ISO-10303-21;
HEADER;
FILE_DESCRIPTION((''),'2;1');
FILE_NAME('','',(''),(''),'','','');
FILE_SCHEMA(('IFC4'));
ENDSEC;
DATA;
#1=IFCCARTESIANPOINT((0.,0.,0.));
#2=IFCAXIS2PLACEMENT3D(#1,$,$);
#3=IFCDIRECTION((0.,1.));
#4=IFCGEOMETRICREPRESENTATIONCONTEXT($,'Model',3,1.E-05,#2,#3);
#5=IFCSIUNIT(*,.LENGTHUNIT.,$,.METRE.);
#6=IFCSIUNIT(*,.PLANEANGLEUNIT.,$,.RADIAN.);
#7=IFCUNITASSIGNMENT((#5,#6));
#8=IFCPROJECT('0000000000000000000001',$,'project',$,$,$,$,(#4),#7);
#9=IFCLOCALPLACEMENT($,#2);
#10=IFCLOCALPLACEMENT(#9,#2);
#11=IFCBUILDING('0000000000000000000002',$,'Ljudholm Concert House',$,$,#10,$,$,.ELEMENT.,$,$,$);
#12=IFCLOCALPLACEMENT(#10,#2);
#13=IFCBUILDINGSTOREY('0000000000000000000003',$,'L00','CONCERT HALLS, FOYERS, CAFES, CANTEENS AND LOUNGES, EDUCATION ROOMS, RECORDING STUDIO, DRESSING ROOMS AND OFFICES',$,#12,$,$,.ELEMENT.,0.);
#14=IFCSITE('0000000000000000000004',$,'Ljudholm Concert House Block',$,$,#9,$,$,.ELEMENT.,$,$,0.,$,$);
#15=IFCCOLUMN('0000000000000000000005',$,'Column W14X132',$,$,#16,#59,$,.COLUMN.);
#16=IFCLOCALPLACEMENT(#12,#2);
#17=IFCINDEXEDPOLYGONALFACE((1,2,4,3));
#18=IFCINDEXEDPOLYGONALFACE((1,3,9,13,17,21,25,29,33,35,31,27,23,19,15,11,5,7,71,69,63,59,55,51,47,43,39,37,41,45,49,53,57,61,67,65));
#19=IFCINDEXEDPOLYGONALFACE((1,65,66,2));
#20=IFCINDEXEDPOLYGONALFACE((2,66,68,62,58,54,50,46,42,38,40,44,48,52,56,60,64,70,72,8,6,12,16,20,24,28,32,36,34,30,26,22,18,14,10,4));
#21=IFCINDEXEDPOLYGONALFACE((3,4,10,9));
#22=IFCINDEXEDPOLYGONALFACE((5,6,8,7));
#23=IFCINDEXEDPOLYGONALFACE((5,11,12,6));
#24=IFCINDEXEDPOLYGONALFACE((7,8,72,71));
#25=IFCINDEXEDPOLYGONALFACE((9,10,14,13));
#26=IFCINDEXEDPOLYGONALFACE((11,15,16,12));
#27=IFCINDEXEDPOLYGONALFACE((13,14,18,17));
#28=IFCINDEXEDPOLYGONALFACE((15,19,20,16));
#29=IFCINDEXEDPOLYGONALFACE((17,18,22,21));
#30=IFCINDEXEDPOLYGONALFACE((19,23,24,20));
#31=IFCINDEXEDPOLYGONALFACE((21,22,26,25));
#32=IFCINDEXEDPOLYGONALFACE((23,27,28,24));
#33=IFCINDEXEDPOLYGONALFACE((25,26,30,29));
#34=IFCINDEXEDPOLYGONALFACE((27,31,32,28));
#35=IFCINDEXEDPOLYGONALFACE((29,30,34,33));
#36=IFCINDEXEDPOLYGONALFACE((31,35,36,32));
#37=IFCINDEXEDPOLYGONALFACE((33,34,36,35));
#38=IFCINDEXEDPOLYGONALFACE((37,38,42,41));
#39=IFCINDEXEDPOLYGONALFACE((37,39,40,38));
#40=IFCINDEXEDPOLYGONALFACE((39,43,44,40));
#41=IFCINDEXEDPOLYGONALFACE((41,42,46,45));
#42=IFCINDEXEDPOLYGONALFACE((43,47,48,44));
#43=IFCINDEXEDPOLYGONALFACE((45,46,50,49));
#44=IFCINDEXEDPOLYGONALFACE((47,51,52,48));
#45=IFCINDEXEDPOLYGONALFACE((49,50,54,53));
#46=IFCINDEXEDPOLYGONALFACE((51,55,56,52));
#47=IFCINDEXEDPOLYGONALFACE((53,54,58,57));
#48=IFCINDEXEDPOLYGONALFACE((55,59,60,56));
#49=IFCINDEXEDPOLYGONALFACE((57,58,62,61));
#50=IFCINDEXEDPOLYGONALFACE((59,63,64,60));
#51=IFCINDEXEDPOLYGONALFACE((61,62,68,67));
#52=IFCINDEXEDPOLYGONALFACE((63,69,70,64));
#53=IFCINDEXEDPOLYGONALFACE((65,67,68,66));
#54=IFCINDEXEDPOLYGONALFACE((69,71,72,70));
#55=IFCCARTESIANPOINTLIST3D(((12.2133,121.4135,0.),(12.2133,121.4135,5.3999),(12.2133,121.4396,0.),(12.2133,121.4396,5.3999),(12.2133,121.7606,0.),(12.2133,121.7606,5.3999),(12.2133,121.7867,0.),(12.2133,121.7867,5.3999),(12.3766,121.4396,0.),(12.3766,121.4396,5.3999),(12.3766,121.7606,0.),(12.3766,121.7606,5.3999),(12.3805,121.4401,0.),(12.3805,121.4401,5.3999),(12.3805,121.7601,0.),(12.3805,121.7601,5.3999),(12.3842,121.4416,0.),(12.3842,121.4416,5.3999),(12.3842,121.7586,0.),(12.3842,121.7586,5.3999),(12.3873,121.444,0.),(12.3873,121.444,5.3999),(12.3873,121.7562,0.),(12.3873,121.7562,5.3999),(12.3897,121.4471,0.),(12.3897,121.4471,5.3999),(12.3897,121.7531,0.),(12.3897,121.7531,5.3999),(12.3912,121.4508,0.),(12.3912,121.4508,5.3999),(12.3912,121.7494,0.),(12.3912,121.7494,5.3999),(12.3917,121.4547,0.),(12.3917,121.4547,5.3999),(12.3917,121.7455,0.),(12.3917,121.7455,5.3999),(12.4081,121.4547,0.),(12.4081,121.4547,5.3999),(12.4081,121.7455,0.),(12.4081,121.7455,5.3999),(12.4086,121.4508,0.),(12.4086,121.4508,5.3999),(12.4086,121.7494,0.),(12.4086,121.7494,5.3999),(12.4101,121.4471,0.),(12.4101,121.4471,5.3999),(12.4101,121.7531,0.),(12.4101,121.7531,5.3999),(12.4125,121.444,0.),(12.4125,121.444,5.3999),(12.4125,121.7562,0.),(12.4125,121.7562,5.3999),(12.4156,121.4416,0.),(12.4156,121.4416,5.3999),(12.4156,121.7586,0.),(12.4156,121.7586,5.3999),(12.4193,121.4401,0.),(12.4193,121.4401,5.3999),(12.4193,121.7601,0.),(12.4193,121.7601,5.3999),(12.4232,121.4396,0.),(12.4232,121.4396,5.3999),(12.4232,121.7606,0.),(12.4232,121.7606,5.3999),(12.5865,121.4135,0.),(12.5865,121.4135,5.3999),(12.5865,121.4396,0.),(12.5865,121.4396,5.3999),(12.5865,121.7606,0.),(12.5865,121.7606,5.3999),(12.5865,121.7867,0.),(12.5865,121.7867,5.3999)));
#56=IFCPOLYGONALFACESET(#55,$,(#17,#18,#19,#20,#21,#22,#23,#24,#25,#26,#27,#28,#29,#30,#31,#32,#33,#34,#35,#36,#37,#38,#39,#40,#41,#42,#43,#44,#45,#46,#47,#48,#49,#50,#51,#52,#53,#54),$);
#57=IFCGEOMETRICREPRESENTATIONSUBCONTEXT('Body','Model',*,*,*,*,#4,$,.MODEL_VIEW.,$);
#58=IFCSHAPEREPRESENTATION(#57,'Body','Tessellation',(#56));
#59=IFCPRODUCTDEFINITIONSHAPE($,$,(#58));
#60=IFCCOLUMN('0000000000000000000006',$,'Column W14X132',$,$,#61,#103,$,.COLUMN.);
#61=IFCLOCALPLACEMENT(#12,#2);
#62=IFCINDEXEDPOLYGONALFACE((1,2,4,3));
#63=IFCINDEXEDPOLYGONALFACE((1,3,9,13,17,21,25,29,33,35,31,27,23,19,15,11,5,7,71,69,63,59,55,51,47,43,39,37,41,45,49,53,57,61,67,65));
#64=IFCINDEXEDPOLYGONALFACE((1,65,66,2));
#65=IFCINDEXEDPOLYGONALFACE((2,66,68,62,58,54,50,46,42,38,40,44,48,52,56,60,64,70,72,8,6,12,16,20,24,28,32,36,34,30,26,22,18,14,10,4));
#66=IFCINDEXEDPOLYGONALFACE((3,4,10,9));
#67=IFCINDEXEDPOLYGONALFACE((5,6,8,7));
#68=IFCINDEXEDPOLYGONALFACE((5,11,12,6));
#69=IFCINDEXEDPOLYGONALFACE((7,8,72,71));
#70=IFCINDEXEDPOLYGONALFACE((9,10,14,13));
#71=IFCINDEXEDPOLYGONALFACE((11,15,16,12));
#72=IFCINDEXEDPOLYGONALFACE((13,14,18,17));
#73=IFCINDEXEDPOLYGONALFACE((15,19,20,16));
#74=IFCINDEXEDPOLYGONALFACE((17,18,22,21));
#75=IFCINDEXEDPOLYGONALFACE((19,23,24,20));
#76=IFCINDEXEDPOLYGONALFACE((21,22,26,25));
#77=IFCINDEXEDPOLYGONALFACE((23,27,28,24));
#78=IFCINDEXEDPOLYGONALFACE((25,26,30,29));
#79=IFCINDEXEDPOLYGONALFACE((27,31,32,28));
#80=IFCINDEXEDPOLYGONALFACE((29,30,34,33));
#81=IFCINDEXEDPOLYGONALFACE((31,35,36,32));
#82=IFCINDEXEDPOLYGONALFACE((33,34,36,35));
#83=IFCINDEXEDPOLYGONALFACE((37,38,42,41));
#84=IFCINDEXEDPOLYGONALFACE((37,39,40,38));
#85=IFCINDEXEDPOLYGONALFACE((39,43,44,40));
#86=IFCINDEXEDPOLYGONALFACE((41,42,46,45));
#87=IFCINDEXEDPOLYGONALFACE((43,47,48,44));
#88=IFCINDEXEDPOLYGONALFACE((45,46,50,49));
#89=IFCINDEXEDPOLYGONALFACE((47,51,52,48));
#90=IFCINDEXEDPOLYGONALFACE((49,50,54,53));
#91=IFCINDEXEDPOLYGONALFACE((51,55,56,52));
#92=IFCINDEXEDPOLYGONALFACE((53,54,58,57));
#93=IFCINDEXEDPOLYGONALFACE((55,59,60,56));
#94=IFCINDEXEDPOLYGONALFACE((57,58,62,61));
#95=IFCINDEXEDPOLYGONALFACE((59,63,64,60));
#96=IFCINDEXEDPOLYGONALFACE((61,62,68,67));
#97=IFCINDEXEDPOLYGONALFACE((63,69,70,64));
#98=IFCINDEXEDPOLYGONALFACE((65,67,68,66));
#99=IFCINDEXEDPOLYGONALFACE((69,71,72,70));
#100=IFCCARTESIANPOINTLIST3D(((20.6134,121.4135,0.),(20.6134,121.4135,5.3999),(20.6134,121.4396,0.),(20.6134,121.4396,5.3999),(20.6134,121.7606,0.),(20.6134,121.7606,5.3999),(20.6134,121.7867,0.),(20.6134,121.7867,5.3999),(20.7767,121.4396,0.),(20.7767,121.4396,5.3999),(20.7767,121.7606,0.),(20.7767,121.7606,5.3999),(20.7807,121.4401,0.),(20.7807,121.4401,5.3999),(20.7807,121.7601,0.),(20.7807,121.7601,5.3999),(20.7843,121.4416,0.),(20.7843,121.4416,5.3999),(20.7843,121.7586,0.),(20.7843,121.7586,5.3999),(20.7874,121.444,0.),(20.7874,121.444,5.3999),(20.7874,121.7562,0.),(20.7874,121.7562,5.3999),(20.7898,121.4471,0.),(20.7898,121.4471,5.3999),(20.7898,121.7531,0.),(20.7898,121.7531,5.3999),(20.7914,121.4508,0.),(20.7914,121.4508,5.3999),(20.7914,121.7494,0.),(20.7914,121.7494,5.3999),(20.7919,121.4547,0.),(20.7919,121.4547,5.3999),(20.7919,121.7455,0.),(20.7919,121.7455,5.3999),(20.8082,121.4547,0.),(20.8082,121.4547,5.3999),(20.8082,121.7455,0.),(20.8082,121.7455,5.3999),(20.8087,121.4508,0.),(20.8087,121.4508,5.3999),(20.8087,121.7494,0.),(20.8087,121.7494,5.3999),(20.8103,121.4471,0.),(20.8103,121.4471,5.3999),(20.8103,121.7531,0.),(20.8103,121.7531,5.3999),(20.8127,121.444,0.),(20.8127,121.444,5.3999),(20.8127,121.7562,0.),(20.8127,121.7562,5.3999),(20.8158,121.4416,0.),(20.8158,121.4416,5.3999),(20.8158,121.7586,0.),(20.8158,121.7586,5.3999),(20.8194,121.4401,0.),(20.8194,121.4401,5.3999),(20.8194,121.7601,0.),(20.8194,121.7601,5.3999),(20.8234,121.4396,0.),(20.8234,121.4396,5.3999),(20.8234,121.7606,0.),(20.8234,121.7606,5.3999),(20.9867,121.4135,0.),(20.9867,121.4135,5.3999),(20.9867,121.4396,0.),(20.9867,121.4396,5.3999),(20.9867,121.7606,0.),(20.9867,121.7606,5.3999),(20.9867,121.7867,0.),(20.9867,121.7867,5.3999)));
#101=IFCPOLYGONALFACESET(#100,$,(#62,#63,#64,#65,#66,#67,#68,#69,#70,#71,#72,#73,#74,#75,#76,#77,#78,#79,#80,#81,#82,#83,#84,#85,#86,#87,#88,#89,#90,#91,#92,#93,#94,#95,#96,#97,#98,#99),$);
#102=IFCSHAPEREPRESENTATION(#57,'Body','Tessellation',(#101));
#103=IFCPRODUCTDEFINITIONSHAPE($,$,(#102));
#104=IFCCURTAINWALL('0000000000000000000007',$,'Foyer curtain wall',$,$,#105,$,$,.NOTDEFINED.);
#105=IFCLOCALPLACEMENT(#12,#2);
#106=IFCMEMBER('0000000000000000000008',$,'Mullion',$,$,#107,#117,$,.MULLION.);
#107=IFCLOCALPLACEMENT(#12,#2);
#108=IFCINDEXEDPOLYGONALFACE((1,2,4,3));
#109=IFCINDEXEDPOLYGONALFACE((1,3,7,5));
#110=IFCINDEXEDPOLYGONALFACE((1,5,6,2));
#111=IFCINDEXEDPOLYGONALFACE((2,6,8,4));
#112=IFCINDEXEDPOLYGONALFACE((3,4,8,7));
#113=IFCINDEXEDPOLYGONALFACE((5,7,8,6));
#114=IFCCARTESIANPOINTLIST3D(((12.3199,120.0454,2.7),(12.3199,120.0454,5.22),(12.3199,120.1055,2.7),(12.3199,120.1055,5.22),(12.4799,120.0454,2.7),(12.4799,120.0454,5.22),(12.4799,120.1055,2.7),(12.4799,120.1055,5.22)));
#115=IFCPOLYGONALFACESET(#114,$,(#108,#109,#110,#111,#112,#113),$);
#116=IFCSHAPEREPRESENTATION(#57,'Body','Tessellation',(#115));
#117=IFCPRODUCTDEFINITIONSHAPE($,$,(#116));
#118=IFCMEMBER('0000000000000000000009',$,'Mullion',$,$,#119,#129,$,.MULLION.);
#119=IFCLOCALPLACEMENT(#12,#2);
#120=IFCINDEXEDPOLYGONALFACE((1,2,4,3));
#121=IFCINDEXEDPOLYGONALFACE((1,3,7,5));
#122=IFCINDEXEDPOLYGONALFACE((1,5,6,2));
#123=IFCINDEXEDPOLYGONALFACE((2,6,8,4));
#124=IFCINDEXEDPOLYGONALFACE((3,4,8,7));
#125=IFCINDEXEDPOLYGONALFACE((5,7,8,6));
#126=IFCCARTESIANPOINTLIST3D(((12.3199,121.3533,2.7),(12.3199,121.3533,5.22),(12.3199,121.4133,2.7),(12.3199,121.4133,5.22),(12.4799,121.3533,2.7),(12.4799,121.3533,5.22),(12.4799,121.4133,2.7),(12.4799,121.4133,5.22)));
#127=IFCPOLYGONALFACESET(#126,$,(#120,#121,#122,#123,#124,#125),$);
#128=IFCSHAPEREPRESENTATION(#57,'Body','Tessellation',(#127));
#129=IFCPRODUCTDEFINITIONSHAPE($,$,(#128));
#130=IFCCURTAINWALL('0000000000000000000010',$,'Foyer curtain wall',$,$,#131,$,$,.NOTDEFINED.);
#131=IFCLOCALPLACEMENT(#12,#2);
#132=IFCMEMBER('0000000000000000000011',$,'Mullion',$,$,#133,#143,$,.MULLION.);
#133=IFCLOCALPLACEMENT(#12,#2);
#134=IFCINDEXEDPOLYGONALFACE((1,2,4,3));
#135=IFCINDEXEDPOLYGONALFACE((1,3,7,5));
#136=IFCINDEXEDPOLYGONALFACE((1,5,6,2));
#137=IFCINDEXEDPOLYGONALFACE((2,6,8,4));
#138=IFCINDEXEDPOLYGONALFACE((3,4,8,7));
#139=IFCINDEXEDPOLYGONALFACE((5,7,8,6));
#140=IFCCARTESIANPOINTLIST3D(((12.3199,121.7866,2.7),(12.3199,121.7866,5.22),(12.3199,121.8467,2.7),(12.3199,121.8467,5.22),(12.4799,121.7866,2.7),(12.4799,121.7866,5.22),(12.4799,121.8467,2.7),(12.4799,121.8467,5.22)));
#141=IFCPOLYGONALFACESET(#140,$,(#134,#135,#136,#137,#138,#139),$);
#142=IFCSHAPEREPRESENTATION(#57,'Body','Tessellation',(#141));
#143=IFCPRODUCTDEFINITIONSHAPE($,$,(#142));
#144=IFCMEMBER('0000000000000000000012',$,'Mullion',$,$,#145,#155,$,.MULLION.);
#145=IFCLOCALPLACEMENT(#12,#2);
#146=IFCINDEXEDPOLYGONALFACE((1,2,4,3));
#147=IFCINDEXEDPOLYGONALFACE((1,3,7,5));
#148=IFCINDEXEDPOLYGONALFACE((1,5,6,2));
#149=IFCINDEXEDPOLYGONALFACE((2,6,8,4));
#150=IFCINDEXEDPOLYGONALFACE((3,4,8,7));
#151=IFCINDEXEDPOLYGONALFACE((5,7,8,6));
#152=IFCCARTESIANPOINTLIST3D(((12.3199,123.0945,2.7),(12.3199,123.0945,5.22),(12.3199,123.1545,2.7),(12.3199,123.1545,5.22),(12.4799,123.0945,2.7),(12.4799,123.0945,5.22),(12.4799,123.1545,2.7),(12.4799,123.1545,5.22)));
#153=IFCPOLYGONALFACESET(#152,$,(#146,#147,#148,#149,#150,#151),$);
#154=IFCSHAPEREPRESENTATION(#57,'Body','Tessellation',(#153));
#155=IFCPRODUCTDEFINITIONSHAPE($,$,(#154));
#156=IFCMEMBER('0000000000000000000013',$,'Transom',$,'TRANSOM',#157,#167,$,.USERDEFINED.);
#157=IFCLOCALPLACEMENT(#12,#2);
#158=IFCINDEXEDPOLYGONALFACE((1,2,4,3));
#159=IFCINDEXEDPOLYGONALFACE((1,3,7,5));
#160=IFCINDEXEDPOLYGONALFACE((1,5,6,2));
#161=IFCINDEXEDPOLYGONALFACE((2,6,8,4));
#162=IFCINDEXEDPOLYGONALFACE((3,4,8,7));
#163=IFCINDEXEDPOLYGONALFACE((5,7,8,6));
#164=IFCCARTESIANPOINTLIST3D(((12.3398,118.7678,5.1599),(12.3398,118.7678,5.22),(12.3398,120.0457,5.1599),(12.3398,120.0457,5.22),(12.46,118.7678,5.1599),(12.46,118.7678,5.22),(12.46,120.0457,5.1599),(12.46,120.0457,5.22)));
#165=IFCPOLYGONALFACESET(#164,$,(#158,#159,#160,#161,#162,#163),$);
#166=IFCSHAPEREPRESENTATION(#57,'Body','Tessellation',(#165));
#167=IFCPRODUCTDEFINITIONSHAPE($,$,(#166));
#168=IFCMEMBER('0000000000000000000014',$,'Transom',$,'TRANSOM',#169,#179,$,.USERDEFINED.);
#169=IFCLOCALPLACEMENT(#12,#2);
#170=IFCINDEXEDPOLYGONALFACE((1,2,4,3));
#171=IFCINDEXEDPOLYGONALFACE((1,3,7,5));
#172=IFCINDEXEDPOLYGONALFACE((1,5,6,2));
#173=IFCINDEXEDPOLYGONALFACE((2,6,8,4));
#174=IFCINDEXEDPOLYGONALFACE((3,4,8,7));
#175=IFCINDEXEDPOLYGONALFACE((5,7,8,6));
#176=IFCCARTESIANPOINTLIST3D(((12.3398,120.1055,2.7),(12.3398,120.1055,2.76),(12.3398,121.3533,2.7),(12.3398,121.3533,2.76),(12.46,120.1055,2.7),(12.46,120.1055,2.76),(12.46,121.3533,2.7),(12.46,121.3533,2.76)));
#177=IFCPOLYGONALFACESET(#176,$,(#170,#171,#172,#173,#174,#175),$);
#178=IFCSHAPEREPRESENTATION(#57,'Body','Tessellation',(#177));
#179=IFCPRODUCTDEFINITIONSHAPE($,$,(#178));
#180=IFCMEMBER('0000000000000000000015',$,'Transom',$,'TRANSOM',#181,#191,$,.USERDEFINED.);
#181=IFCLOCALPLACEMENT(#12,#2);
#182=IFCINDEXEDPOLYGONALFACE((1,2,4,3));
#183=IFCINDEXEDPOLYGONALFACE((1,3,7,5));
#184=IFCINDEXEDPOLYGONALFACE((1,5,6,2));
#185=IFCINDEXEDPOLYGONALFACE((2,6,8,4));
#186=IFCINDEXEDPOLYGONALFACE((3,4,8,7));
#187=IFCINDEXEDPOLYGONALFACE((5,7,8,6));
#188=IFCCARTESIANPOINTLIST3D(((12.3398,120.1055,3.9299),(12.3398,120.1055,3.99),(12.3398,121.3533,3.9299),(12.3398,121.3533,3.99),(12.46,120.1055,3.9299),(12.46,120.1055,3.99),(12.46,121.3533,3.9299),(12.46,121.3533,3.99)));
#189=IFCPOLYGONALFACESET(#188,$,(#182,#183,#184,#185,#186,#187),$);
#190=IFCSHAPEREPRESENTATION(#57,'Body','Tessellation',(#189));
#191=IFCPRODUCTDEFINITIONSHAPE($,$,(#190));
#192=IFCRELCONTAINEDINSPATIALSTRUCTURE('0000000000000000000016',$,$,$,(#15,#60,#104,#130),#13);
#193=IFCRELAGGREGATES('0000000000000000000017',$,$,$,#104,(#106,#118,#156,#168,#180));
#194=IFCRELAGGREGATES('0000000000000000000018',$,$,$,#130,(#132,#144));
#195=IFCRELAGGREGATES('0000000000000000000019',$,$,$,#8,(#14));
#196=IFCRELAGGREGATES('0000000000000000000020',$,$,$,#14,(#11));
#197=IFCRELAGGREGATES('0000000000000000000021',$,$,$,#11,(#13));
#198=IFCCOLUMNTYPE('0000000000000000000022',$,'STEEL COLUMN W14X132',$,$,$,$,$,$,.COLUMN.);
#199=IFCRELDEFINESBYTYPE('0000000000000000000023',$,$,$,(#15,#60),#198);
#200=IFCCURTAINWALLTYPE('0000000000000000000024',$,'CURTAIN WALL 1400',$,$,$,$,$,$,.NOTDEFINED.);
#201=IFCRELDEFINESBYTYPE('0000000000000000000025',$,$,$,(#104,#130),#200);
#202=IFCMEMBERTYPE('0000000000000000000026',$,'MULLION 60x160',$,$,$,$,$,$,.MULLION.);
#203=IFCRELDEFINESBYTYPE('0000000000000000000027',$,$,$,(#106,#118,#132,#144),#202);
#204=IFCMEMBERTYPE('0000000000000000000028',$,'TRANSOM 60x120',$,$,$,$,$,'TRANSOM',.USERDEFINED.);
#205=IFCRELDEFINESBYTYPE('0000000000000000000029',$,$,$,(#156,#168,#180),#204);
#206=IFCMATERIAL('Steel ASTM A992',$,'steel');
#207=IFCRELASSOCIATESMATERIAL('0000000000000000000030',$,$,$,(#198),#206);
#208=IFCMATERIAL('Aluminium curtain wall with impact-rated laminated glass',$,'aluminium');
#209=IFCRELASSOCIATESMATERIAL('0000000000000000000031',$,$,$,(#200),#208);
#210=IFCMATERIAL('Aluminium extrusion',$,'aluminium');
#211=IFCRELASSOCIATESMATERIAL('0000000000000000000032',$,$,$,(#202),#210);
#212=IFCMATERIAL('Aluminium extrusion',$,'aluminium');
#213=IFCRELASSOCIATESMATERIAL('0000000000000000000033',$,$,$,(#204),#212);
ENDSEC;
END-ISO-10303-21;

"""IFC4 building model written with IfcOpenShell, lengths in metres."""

from ifc_helpers import new_model, si_unit, direction, frame, origin, origin_2d, place, context, subcontext, project, spatial, rectangle, i_section, extrude, material, material_profile, profile_set, type_object, element, aggregate, save


model = new_model("IFC4")

# Units and contexts
model_context = context("Model", 3, precision=1e-05, world=origin(), true_north=direction((0.0, 1.0)))
body_context = subcontext(model_context, "Body", "Model", "MODEL_VIEW")
ifc_project = project(units=[si_unit("LENGTHUNIT", "METRE"), si_unit("PLANEANGLEUNIT", "RADIAN")], contexts=[model_context])

# Site, building, storey
site_placement = place(None, origin())
site = spatial("IfcSite", under=ifc_project, at=site_placement, Name="Ljudholm Concert House Block", CompositionType="ELEMENT", RefElevation=0.0)
building_placement = place(site_placement, origin())
building = spatial("IfcBuilding", under=site, at=building_placement, Name="Ljudholm Concert House", CompositionType="ELEMENT")
storey_placement = place(building_placement, origin())
storey = spatial("IfcBuildingStorey", under=building, at=storey_placement, Name="L00", Description="CONCERT HALLS, FOYERS, CAFES, CANTEENS AND LOUNGES, EDUCATION ROOMS, RECORDING STUDIO, DRESSING ROOMS AND OFFICES", CompositionType="ELEMENT", Elevation=0.0)

# Columns
ifc_material_1 = material(Name="Steel ASTM A992", Category="steel")
ifc_material_profile_1 = material_profile(ifc_material_1, i_section(OverallWidth=0.3733, OverallDepth=0.3733, WebThickness=0.0164, FlangeThickness=0.0261, FilletRadius=0.0151, at=origin_2d()), Name="W14X132")
ifc_profile_set_1 = profile_set([ifc_material_profile_1], Name="Steel ASTM A992")
column_type = type_object("IfcColumnType", Name="STEEL COLUMN W14X132", PredefinedType="COLUMN", material=ifc_profile_set_1)
for number, where, z_axis, x_axis, name in (
    (1, (12.3999, 121.6001, 0.0), (0.0, 0.0, 1.0), (1.0, 0.0, 0.0), "Column W14X132"),
    (2, (20.8, 121.6001, 0.0), (0.0, 0.0, 1.0), (1.0, 0.0, 0.0), "Column W14X132"),
):
    element("IfcColumn", number, at=place(storey_placement, frame(where, z_axis=z_axis, x_axis=x_axis)), inside=storey, type_object=column_type, Name=name, PredefinedType="COLUMN", context=body_context, shape_type="SweptSolid", body=[
        extrude(i_section(OverallWidth=0.3733, OverallDepth=0.3733, WebThickness=0.0164, FlangeThickness=0.0261, FilletRadius=0.0151, at=origin_2d()), origin(), (0.0, 0.0, 1.0), 5.3999),
    ])

# Curtain walls, members
ifc_material_2 = material(Name="Aluminium curtain wall with impact-rated laminated glass", Category="aluminium")
curtain_wall_type = type_object("IfcCurtainWallType", Name="CURTAIN WALL 1400", PredefinedType="NOTDEFINED", material=ifc_material_2)
curtain_wall_1_placement = place(storey_placement, origin())
curtain_wall_1 = element("IfcCurtainWall", 3, at=curtain_wall_1_placement, inside=storey, type_object=curtain_wall_type, Name="Foyer curtain wall", PredefinedType="NOTDEFINED")
ifc_material_3 = material(Name="Aluminium extrusion", Category="aluminium")
ifc_material_profile_2 = material_profile(ifc_material_3, rectangle(XDim=0.1599, YDim=0.0601, at=origin_2d()), Name="MULLION 60x160")
ifc_profile_set_2 = profile_set([ifc_material_profile_2], Name="Aluminium extrusion")
member_type_1 = type_object("IfcMemberType", Name="MULLION 60x160", PredefinedType="MULLION", material=ifc_profile_set_2)
member_1_placement = place(storey_placement, frame((12.3999, 120.0754, 2.7), z_axis=(0.0, 0.0, 1.0), x_axis=(-1.0, 0.0, 0.0)))
member_1 = element("IfcMember", 4, at=member_1_placement, type_object=member_type_1, Name="Mullion", PredefinedType="MULLION", context=body_context, shape_type="SweptSolid", body=[
    extrude(rectangle(XDim=0.1599, YDim=0.0601, at=origin_2d()), origin(), (0.0, 0.0, 1.0), 2.52),
])
member_2_placement = place(storey_placement, frame((12.3999, 121.3833, 2.7), z_axis=(0.0, 0.0, 1.0), x_axis=(-1.0, 0.0, 0.0)))
member_2 = element("IfcMember", 5, at=member_2_placement, type_object=member_type_1, Name="Mullion", PredefinedType="MULLION", context=body_context, shape_type="SweptSolid", body=[
    extrude(rectangle(XDim=0.1599, YDim=0.0601, at=origin_2d()), origin(), (0.0, 0.0, 1.0), 2.52),
])
curtain_wall_2_placement = place(storey_placement, origin())
curtain_wall_2 = element("IfcCurtainWall", 6, at=curtain_wall_2_placement, inside=storey, type_object=curtain_wall_type, Name="Foyer curtain wall", PredefinedType="NOTDEFINED")
member_3_placement = place(storey_placement, frame((12.3999, 121.8167, 2.7), z_axis=(0.0, 0.0, 1.0), x_axis=(-1.0, 0.0, 0.0)))
member_3 = element("IfcMember", 7, at=member_3_placement, type_object=member_type_1, Name="Mullion", PredefinedType="MULLION", context=body_context, shape_type="SweptSolid", body=[
    extrude(rectangle(XDim=0.1599, YDim=0.0601, at=origin_2d()), origin(), (0.0, 0.0, 1.0), 2.52),
])
member_4_placement = place(storey_placement, frame((12.3999, 123.1245, 2.7), z_axis=(0.0, 0.0, 1.0), x_axis=(-1.0, 0.0, 0.0)))
member_4 = element("IfcMember", 8, at=member_4_placement, type_object=member_type_1, Name="Mullion", PredefinedType="MULLION", context=body_context, shape_type="SweptSolid", body=[
    extrude(rectangle(XDim=0.1599, YDim=0.0601, at=origin_2d()), origin(), (0.0, 0.0, 1.0), 2.52),
])

# Members
ifc_material_4 = material(Name="Aluminium extrusion", Category="aluminium")
ifc_material_profile_3 = material_profile(ifc_material_4, rectangle(XDim=0.1201, YDim=0.0601, at=origin_2d()), Name="TRANSOM 60x120")
ifc_profile_set_3 = profile_set([ifc_material_profile_3], Name="Aluminium extrusion")
member_type_2 = type_object("IfcMemberType", Name="TRANSOM 60x120", ElementType="TRANSOM", PredefinedType="USERDEFINED", material=ifc_profile_set_3)
member_5_placement = place(storey_placement, frame((12.3999, 118.7678, 5.1899), z_axis=(0.0, 1.0, 0.0), x_axis=(-1.0, 0.0, 0.0)))
member_5 = element("IfcMember", 9, at=member_5_placement, type_object=member_type_2, Name="Transom", ObjectType="TRANSOM", PredefinedType="USERDEFINED", context=body_context, shape_type="SweptSolid", body=[
    extrude(rectangle(XDim=0.1201, YDim=0.0601, at=origin_2d()), origin(), (0.0, 0.0, 1.0), 1.2778),
])
member_6_placement = place(storey_placement, frame((12.3999, 120.1055, 2.73), z_axis=(0.0, 1.0, 0.0), x_axis=(-1.0, 0.0, 0.0)))
member_6 = element("IfcMember", 10, at=member_6_placement, type_object=member_type_2, Name="Transom", ObjectType="TRANSOM", PredefinedType="USERDEFINED", context=body_context, shape_type="SweptSolid", body=[
    extrude(rectangle(XDim=0.1201, YDim=0.0601, at=origin_2d()), origin(), (0.0, 0.0, 1.0), 1.2478),
])
member_7_placement = place(storey_placement, frame((12.3999, 120.1055, 3.96), z_axis=(0.0, 1.0, 0.0), x_axis=(-1.0, 0.0, 0.0)))
member_7 = element("IfcMember", 11, at=member_7_placement, type_object=member_type_2, Name="Transom", ObjectType="TRANSOM", PredefinedType="USERDEFINED", context=body_context, shape_type="SweptSolid", body=[
    extrude(rectangle(XDim=0.1201, YDim=0.0601, at=origin_2d()), origin(), (0.0, 0.0, 1.0), 1.2478),
])

aggregate(curtain_wall_1, [member_1, member_2, member_5, member_6, member_7])
aggregate(curtain_wall_2, [member_3, member_4])

save(model, "model.ifc")
